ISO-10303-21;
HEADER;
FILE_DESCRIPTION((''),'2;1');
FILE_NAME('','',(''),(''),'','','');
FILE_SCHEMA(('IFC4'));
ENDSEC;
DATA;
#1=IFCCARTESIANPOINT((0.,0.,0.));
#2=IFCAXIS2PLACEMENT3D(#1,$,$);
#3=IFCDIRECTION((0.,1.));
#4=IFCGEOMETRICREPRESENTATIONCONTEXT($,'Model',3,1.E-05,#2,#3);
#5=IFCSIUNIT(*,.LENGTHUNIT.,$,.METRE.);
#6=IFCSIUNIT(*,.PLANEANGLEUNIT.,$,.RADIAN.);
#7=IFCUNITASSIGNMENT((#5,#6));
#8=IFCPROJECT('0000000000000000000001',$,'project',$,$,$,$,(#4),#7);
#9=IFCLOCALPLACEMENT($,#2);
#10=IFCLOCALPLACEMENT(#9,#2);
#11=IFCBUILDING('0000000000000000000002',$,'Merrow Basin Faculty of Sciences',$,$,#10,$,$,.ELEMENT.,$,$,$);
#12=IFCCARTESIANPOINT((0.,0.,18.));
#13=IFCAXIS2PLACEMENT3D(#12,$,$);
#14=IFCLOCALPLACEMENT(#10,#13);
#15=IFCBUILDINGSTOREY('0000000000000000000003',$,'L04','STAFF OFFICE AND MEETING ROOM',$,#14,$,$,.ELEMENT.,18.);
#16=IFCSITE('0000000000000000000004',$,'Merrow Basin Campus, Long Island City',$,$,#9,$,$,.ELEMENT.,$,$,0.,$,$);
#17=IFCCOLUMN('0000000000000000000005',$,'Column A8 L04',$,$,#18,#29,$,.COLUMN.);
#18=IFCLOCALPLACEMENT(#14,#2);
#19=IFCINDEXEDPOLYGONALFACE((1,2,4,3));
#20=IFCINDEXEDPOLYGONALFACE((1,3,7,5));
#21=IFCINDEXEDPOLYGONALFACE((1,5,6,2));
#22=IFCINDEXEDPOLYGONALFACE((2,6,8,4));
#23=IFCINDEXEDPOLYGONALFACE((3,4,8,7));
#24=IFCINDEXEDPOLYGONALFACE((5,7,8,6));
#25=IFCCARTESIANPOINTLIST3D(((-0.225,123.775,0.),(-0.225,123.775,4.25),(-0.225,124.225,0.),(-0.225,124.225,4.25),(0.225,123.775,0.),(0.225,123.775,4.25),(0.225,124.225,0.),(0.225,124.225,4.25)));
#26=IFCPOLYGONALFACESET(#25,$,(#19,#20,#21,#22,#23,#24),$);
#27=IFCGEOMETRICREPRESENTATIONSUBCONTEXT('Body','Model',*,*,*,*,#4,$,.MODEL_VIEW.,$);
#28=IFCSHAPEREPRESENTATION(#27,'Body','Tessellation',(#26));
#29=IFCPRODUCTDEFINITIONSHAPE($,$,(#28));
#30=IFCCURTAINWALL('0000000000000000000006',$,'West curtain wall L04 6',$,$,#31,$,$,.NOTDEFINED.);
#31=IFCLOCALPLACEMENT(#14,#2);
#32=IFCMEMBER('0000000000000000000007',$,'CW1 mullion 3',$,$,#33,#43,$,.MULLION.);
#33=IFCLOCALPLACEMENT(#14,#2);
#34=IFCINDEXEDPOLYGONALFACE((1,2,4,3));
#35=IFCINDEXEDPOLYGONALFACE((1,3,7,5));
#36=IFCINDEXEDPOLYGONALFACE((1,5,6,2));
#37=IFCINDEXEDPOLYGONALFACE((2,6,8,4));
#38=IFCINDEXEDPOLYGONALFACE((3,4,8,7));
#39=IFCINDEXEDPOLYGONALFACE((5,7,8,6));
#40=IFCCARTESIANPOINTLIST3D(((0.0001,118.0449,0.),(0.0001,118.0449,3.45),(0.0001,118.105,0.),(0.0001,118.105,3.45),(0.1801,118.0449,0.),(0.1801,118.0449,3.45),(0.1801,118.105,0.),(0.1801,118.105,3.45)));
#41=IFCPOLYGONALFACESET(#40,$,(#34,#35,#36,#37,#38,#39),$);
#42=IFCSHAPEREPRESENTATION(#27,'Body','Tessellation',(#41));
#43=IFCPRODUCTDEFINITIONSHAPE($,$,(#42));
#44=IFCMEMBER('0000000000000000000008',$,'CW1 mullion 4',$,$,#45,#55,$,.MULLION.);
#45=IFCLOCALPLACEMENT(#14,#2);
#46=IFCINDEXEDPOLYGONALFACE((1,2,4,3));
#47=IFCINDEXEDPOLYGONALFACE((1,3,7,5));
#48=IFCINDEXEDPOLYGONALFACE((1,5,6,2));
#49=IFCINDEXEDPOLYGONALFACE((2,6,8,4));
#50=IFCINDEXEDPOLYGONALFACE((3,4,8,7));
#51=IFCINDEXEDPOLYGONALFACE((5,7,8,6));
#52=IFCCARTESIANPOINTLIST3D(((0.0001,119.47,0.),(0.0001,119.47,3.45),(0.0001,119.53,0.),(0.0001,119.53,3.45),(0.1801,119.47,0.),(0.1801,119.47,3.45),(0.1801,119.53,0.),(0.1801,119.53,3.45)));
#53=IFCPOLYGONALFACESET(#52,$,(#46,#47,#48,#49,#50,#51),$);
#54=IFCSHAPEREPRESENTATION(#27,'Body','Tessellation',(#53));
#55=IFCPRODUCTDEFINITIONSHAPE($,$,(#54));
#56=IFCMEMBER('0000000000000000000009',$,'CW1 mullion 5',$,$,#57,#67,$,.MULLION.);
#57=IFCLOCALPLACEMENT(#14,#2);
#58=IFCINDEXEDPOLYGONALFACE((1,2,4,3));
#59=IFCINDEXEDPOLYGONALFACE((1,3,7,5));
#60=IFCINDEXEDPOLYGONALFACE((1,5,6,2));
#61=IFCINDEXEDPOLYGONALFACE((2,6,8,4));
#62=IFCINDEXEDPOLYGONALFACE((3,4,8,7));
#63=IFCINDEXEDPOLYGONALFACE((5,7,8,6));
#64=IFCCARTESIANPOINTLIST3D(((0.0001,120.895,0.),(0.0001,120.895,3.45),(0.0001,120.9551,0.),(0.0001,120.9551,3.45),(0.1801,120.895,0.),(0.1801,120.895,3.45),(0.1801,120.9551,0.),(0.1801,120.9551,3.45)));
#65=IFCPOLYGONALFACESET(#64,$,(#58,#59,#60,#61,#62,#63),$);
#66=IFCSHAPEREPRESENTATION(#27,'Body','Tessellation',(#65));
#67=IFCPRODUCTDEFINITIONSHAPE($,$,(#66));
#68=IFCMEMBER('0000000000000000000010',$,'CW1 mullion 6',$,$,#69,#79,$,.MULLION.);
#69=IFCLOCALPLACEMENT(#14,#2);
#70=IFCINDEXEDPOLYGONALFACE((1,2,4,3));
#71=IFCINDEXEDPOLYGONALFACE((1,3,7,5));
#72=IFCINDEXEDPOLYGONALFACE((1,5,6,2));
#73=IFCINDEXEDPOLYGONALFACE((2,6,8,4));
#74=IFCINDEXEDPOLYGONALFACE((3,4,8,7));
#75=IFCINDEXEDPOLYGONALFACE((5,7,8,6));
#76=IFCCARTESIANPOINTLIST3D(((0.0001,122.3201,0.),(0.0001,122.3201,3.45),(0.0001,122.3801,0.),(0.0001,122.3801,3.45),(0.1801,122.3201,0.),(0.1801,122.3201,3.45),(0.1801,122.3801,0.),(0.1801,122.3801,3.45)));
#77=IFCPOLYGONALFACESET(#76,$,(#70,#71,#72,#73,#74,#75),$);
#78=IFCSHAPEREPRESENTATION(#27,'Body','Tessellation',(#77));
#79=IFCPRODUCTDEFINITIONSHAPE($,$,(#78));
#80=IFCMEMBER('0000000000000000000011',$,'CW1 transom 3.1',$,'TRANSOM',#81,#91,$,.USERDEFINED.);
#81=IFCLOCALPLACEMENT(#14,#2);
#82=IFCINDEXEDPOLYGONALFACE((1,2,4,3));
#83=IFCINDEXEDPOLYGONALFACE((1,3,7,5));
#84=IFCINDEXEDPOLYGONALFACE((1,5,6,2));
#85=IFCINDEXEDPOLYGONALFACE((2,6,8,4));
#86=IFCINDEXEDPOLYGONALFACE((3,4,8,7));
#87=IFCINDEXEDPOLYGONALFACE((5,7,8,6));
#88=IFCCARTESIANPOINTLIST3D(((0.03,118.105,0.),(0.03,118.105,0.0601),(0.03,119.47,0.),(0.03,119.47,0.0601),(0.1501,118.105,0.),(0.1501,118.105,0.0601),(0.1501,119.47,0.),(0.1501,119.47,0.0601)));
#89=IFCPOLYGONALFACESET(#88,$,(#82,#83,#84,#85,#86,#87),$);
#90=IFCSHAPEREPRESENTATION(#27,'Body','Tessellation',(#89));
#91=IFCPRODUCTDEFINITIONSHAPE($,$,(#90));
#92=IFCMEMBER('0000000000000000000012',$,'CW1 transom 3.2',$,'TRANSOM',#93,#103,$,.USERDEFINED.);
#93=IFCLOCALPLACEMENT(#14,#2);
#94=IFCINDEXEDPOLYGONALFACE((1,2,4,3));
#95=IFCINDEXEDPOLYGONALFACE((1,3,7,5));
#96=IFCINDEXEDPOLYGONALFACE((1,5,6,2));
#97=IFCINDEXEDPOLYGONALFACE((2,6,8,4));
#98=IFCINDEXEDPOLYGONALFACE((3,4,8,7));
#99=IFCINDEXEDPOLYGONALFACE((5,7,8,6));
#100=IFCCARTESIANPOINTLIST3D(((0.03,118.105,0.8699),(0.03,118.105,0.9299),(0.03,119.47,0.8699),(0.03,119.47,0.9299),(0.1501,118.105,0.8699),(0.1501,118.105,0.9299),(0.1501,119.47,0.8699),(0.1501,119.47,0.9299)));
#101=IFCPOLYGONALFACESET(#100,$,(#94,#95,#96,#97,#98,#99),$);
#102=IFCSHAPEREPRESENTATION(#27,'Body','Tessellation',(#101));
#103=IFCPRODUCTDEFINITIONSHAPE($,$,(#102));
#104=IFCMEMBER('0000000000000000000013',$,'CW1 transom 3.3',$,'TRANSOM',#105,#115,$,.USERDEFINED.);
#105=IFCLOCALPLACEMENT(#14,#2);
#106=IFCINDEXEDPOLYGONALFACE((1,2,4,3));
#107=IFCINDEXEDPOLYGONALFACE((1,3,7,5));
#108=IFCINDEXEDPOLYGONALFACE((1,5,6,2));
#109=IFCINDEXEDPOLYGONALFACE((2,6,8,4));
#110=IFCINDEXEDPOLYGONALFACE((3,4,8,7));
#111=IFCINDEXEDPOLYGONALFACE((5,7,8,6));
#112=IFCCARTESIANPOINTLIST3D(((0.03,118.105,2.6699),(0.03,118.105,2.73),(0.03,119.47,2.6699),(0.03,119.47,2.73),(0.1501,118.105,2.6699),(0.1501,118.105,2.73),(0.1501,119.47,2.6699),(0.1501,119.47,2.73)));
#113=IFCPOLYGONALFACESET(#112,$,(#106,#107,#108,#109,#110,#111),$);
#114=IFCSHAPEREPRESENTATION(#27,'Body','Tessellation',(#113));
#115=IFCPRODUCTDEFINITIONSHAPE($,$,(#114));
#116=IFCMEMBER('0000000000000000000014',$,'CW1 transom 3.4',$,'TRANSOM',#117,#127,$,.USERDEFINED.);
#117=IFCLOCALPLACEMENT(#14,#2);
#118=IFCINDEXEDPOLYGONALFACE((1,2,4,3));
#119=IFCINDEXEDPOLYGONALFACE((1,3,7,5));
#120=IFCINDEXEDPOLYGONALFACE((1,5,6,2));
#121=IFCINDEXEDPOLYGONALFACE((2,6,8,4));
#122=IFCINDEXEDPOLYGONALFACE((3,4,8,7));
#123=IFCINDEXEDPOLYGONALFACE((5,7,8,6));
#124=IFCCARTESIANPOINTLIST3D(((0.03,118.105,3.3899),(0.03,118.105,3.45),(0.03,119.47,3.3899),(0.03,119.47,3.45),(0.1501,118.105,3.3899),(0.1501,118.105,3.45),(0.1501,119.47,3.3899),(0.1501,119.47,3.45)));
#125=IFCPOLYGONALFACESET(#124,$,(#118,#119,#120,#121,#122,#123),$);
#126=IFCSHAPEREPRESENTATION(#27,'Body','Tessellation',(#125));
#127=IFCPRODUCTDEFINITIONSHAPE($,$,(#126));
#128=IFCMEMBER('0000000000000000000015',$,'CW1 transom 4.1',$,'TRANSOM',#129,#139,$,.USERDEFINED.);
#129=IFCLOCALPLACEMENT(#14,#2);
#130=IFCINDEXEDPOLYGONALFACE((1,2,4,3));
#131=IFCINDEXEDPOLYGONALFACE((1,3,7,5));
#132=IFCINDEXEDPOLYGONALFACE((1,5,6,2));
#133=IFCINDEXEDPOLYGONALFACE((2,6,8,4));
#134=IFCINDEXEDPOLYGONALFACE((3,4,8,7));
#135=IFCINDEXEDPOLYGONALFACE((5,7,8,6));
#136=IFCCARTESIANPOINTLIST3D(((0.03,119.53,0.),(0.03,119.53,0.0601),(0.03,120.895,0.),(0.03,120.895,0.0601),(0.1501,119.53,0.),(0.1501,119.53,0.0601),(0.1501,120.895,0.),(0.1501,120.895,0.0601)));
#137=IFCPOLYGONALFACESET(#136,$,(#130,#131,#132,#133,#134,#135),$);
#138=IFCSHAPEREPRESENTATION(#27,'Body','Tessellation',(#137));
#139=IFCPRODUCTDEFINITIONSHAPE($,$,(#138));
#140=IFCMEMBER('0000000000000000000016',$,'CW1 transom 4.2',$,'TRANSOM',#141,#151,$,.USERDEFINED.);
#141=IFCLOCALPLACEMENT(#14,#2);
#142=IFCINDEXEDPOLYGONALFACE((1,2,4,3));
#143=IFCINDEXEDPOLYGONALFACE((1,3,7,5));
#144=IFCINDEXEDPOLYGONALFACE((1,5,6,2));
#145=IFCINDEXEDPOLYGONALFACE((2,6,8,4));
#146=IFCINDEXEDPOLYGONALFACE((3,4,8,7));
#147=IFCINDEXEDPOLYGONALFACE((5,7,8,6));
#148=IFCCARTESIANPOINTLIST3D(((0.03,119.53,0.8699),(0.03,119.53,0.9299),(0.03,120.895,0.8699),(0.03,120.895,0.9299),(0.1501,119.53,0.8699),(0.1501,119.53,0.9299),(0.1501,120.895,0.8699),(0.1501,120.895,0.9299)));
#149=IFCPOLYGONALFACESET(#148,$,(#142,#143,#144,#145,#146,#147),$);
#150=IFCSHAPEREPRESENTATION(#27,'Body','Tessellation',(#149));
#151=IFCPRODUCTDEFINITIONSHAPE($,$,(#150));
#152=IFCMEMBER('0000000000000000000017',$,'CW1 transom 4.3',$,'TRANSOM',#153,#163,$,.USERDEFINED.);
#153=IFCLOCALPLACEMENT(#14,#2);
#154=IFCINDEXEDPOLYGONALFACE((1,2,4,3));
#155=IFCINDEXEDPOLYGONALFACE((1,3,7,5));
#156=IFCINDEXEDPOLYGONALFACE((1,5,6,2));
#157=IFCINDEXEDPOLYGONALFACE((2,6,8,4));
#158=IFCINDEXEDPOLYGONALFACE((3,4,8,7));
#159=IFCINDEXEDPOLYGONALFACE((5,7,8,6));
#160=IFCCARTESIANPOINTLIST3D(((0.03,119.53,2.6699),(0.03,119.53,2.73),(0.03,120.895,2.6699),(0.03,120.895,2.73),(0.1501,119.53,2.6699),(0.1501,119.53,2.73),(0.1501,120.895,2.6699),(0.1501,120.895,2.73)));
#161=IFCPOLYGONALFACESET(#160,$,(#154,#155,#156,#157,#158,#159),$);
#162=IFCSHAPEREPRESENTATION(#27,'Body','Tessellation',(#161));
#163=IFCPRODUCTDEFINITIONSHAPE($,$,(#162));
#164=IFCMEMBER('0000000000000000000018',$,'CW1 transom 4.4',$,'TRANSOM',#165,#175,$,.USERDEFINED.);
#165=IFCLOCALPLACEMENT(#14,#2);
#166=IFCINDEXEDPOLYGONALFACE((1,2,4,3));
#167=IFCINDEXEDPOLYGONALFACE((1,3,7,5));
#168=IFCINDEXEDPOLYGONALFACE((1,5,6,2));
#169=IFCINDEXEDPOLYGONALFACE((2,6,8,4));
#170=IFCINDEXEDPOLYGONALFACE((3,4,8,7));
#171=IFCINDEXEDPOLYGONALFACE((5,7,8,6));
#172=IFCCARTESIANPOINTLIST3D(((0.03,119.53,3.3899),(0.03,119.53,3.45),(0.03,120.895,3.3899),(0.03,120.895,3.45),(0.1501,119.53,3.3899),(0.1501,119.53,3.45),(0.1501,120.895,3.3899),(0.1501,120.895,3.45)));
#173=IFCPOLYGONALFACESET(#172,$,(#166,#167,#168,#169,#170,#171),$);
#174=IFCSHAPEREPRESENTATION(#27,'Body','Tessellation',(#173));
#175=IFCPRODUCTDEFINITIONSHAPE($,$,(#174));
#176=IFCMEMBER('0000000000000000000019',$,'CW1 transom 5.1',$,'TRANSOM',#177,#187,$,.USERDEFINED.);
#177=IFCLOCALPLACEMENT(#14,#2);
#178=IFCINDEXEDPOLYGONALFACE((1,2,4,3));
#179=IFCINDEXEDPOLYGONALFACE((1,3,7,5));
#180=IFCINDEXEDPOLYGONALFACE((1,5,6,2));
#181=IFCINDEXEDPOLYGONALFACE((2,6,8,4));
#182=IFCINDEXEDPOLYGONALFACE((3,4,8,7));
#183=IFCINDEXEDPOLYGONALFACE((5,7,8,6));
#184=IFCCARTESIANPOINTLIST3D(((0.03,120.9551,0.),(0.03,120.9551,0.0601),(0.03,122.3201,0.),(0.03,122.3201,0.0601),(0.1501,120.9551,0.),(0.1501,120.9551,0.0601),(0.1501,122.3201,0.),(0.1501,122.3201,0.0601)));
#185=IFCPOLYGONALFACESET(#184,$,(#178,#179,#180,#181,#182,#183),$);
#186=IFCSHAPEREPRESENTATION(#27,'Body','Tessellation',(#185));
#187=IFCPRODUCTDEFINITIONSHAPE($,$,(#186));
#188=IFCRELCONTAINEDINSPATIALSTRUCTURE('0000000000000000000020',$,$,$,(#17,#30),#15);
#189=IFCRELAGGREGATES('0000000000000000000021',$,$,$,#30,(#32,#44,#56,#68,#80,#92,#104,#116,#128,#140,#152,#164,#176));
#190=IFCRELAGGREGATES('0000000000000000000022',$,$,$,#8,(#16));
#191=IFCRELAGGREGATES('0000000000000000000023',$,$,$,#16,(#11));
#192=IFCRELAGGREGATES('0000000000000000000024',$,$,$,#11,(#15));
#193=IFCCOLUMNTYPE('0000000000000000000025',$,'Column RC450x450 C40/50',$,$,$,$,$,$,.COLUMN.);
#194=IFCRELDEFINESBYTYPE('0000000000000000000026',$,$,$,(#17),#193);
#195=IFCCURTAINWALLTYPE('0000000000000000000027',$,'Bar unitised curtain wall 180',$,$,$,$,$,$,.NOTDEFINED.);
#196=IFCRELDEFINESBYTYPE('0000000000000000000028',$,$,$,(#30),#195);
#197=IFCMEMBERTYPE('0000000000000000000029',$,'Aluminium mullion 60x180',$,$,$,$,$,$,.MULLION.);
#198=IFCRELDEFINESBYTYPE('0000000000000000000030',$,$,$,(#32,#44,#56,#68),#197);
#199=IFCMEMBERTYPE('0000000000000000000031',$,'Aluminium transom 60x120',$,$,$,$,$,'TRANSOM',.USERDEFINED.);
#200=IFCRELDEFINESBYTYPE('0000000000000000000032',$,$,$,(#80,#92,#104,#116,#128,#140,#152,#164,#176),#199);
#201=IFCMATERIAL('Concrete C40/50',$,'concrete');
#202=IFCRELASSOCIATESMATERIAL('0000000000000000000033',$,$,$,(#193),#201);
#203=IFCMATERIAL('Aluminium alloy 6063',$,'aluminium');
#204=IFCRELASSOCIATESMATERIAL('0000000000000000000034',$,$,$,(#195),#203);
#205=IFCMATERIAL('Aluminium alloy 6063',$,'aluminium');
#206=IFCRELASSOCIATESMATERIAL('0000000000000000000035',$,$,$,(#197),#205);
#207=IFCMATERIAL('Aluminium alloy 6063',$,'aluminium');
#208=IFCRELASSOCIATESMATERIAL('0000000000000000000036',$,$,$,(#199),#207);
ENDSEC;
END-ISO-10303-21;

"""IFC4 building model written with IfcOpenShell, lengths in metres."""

from ifc_helpers import new_model, si_unit, direction, frame, origin, origin_2d, place, context, subcontext, project, spatial, rectangle, extrude, material, material_profile, profile_set, type_object, element, aggregate, save


model = new_model("IFC4")

# Units and contexts
model_context = context("Model", 3, precision=1e-05, world=origin(), true_north=direction((0.0, 1.0)))
body_context = subcontext(model_context, "Body", "Model", "MODEL_VIEW")
ifc_project = project(units=[si_unit("LENGTHUNIT", "METRE"), si_unit("PLANEANGLEUNIT", "RADIAN")], contexts=[model_context])

# Site, building, storey
site_placement = place(None, origin())
site = spatial("IfcSite", under=ifc_project, at=site_placement, Name="Merrow Basin Campus, Long Island City", CompositionType="ELEMENT", RefElevation=0.0)
building_placement = place(site_placement, origin())
building = spatial("IfcBuilding", under=site, at=building_placement, Name="Merrow Basin Faculty of Sciences", CompositionType="ELEMENT")
storey_placement = place(building_placement, frame((0.0, 0.0, 18.0)))
storey = spatial("IfcBuildingStorey", under=building, at=storey_placement, Name="L04", Description="STAFF OFFICE AND MEETING ROOM", CompositionType="ELEMENT", Elevation=18.0)

# Column
ifc_material_1 = material(Name="Concrete C40/50", Category="concrete")
ifc_material_profile_1 = material_profile(ifc_material_1, rectangle(XDim=0.45, YDim=0.45, at=origin_2d()))
ifc_profile_set_1 = profile_set([ifc_material_profile_1], Name="Concrete C40/50")
column_type = type_object("IfcColumnType", Name="Column RC450x450 C40/50", PredefinedType="COLUMN", material=ifc_profile_set_1)
column_placement = place(storey_placement, frame((0.0, 124.0, 0.0), z_axis=(0.0, 0.0, 1.0), x_axis=(1.0, 0.0, 0.0)))
element("IfcColumn", 1, at=column_placement, inside=storey, type_object=column_type, Name="Column A8 L04", PredefinedType="COLUMN", context=body_context, shape_type="SweptSolid", body=[
    extrude(rectangle(XDim=0.45, YDim=0.45, at=origin_2d()), origin(), (0.0, 0.0, 1.0), 4.25),
])

# Curtain wall, members
ifc_material_2 = material(Name="Aluminium alloy 6063", Category="aluminium")
curtain_wall_type = type_object("IfcCurtainWallType", Name="Bar unitised curtain wall 180", PredefinedType="NOTDEFINED", material=ifc_material_2)
curtain_wall_placement = place(storey_placement, origin())
curtain_wall = element("IfcCurtainWall", 2, at=curtain_wall_placement, inside=storey, type_object=curtain_wall_type, Name="West curtain wall L04 6", PredefinedType="NOTDEFINED")
ifc_material_3 = material(Name="Aluminium alloy 6063", Category="aluminium")
ifc_material_profile_2 = material_profile(ifc_material_3, rectangle(XDim=0.1799, YDim=0.0601, at=origin_2d()))
ifc_profile_set_2 = profile_set([ifc_material_profile_2], Name="Aluminium alloy 6063")
member_type_1 = type_object("IfcMemberType", Name="Aluminium mullion 60x180", PredefinedType="MULLION", material=ifc_profile_set_2)
member_1_placement = place(storey_placement, frame((0.0901, 118.075, 0.0), z_axis=(0.0, 0.0, 1.0), x_axis=(-1.0, 0.0, 0.0)))
member_1 = element("IfcMember", 3, at=member_1_placement, type_object=member_type_1, Name="CW1 mullion 3", PredefinedType="MULLION", context=body_context, shape_type="SweptSolid", body=[
    extrude(rectangle(XDim=0.1799, YDim=0.0601, at=origin_2d()), origin(), (0.0, 0.0, 1.0), 3.45),
])
member_2_placement = place(storey_placement, frame((0.0901, 119.5, 0.0), z_axis=(0.0, 0.0, 1.0), x_axis=(-1.0, 0.0, 0.0)))
member_2 = element("IfcMember", 4, at=member_2_placement, type_object=member_type_1, Name="CW1 mullion 4", PredefinedType="MULLION", context=body_context, shape_type="SweptSolid", body=[
    extrude(rectangle(XDim=0.1799, YDim=0.0601, at=origin_2d()), origin(), (0.0, 0.0, 1.0), 3.45),
])
member_3_placement = place(storey_placement, frame((0.0901, 120.925, 0.0), z_axis=(0.0, 0.0, 1.0), x_axis=(-1.0, 0.0, 0.0)))
member_3 = element("IfcMember", 5, at=member_3_placement, type_object=member_type_1, Name="CW1 mullion 5", PredefinedType="MULLION", context=body_context, shape_type="SweptSolid", body=[
    extrude(rectangle(XDim=0.1799, YDim=0.0601, at=origin_2d()), origin(), (0.0, 0.0, 1.0), 3.45),
])
member_4_placement = place(storey_placement, frame((0.0901, 122.3501, 0.0), z_axis=(0.0, 0.0, 1.0), x_axis=(-1.0, 0.0, 0.0)))
member_4 = element("IfcMember", 6, at=member_4_placement, type_object=member_type_1, Name="CW1 mullion 6", PredefinedType="MULLION", context=body_context, shape_type="SweptSolid", body=[
    extrude(rectangle(XDim=0.1799, YDim=0.0601, at=origin_2d()), origin(), (0.0, 0.0, 1.0), 3.45),
])
ifc_material_4 = material(Name="Aluminium alloy 6063", Category="aluminium")
ifc_material_profile_3 = material_profile(ifc_material_4, rectangle(XDim=0.1201, YDim=0.0601, at=origin_2d()))
ifc_profile_set_3 = profile_set([ifc_material_profile_3], Name="Aluminium alloy 6063")
member_type_2 = type_object("IfcMemberType", Name="Aluminium transom 60x120", ElementType="TRANSOM", PredefinedType="USERDEFINED", material=ifc_profile_set_3)
member_5_placement = place(storey_placement, frame((0.0901, 118.105, 0.03), z_axis=(0.0, 1.0, 0.0), x_axis=(-1.0, 0.0, 0.0)))
member_5 = element("IfcMember", 7, at=member_5_placement, type_object=member_type_2, Name="CW1 transom 3.1", ObjectType="TRANSOM", PredefinedType="USERDEFINED", context=body_context, shape_type="SweptSolid", body=[
    extrude(rectangle(XDim=0.1201, YDim=0.0601, at=origin_2d()), origin(), (0.0, 0.0, 1.0), 1.365),
])
member_6_placement = place(storey_placement, frame((0.0901, 118.105, 0.8999), z_axis=(0.0, 1.0, 0.0), x_axis=(-1.0, 0.0, 0.0)))
member_6 = element("IfcMember", 8, at=member_6_placement, type_object=member_type_2, Name="CW1 transom 3.2", ObjectType="TRANSOM", PredefinedType="USERDEFINED", context=body_context, shape_type="SweptSolid", body=[
    extrude(rectangle(XDim=0.1201, YDim=0.0601, at=origin_2d()), origin(), (0.0, 0.0, 1.0), 1.365),
])
member_7_placement = place(storey_placement, frame((0.0901, 118.105, 2.7), z_axis=(0.0, 1.0, 0.0), x_axis=(-1.0, 0.0, 0.0)))
member_7 = element("IfcMember", 9, at=member_7_placement, type_object=member_type_2, Name="CW1 transom 3.3", ObjectType="TRANSOM", PredefinedType="USERDEFINED", context=body_context, shape_type="SweptSolid", body=[
    extrude(rectangle(XDim=0.1201, YDim=0.0601, at=origin_2d()), origin(), (0.0, 0.0, 1.0), 1.365),
])
member_8_placement = place(storey_placement, frame((0.0901, 118.105, 3.4199), z_axis=(0.0, 1.0, 0.0), x_axis=(-1.0, 0.0, 0.0)))
member_8 = element("IfcMember", 10, at=member_8_placement, type_object=member_type_2, Name="CW1 transom 3.4", ObjectType="TRANSOM", PredefinedType="USERDEFINED", context=body_context, shape_type="SweptSolid", body=[
    extrude(rectangle(XDim=0.1201, YDim=0.0601, at=origin_2d()), origin(), (0.0, 0.0, 1.0), 1.365),
])
member_9_placement = place(storey_placement, frame((0.0901, 119.53, 0.03), z_axis=(0.0, 1.0, 0.0), x_axis=(-1.0, 0.0, 0.0)))
member_9 = element("IfcMember", 11, at=member_9_placement, type_object=member_type_2, Name="CW1 transom 4.1", ObjectType="TRANSOM", PredefinedType="USERDEFINED", context=body_context, shape_type="SweptSolid", body=[
    extrude(rectangle(XDim=0.1201, YDim=0.0601, at=origin_2d()), origin(), (0.0, 0.0, 1.0), 1.365),
])
member_10_placement = place(storey_placement, frame((0.0901, 119.53, 0.8999), z_axis=(0.0, 1.0, 0.0), x_axis=(-1.0, 0.0, 0.0)))
member_10 = element("IfcMember", 12, at=member_10_placement, type_object=member_type_2, Name="CW1 transom 4.2", ObjectType="TRANSOM", PredefinedType="USERDEFINED", context=body_context, shape_type="SweptSolid", body=[
    extrude(rectangle(XDim=0.1201, YDim=0.0601, at=origin_2d()), origin(), (0.0, 0.0, 1.0), 1.365),
])
member_11_placement = place(storey_placement, frame((0.0901, 119.53, 2.7), z_axis=(0.0, 1.0, 0.0), x_axis=(-1.0, 0.0, 0.0)))
member_11 = element("IfcMember", 13, at=member_11_placement, type_object=member_type_2, Name="CW1 transom 4.3", ObjectType="TRANSOM", PredefinedType="USERDEFINED", context=body_context, shape_type="SweptSolid", body=[
    extrude(rectangle(XDim=0.1201, YDim=0.0601, at=origin_2d()), origin(), (0.0, 0.0, 1.0), 1.365),
])
member_12_placement = place(storey_placement, frame((0.0901, 119.53, 3.4199), z_axis=(0.0, 1.0, 0.0), x_axis=(-1.0, 0.0, 0.0)))
member_12 = element("IfcMember", 14, at=member_12_placement, type_object=member_type_2, Name="CW1 transom 4.4", ObjectType="TRANSOM", PredefinedType="USERDEFINED", context=body_context, shape_type="SweptSolid", body=[
    extrude(rectangle(XDim=0.1201, YDim=0.0601, at=origin_2d()), origin(), (0.0, 0.0, 1.0), 1.365),
])
member_13_placement = place(storey_placement, frame((0.0901, 120.9551, 0.03), z_axis=(0.0, 1.0, 0.0), x_axis=(-1.0, 0.0, 0.0)))
member_13 = element("IfcMember", 15, at=member_13_placement, type_object=member_type_2, Name="CW1 transom 5.1", ObjectType="TRANSOM", PredefinedType="USERDEFINED", context=body_context, shape_type="SweptSolid", body=[
    extrude(rectangle(XDim=0.1201, YDim=0.0601, at=origin_2d()), origin(), (0.0, 0.0, 1.0), 1.365),
])

aggregate(curtain_wall, [member_1, member_2, member_3, member_4, member_5, member_6, member_7, member_8, member_9, member_10, member_11, member_12, member_13])

save(model, "model.ifc")
